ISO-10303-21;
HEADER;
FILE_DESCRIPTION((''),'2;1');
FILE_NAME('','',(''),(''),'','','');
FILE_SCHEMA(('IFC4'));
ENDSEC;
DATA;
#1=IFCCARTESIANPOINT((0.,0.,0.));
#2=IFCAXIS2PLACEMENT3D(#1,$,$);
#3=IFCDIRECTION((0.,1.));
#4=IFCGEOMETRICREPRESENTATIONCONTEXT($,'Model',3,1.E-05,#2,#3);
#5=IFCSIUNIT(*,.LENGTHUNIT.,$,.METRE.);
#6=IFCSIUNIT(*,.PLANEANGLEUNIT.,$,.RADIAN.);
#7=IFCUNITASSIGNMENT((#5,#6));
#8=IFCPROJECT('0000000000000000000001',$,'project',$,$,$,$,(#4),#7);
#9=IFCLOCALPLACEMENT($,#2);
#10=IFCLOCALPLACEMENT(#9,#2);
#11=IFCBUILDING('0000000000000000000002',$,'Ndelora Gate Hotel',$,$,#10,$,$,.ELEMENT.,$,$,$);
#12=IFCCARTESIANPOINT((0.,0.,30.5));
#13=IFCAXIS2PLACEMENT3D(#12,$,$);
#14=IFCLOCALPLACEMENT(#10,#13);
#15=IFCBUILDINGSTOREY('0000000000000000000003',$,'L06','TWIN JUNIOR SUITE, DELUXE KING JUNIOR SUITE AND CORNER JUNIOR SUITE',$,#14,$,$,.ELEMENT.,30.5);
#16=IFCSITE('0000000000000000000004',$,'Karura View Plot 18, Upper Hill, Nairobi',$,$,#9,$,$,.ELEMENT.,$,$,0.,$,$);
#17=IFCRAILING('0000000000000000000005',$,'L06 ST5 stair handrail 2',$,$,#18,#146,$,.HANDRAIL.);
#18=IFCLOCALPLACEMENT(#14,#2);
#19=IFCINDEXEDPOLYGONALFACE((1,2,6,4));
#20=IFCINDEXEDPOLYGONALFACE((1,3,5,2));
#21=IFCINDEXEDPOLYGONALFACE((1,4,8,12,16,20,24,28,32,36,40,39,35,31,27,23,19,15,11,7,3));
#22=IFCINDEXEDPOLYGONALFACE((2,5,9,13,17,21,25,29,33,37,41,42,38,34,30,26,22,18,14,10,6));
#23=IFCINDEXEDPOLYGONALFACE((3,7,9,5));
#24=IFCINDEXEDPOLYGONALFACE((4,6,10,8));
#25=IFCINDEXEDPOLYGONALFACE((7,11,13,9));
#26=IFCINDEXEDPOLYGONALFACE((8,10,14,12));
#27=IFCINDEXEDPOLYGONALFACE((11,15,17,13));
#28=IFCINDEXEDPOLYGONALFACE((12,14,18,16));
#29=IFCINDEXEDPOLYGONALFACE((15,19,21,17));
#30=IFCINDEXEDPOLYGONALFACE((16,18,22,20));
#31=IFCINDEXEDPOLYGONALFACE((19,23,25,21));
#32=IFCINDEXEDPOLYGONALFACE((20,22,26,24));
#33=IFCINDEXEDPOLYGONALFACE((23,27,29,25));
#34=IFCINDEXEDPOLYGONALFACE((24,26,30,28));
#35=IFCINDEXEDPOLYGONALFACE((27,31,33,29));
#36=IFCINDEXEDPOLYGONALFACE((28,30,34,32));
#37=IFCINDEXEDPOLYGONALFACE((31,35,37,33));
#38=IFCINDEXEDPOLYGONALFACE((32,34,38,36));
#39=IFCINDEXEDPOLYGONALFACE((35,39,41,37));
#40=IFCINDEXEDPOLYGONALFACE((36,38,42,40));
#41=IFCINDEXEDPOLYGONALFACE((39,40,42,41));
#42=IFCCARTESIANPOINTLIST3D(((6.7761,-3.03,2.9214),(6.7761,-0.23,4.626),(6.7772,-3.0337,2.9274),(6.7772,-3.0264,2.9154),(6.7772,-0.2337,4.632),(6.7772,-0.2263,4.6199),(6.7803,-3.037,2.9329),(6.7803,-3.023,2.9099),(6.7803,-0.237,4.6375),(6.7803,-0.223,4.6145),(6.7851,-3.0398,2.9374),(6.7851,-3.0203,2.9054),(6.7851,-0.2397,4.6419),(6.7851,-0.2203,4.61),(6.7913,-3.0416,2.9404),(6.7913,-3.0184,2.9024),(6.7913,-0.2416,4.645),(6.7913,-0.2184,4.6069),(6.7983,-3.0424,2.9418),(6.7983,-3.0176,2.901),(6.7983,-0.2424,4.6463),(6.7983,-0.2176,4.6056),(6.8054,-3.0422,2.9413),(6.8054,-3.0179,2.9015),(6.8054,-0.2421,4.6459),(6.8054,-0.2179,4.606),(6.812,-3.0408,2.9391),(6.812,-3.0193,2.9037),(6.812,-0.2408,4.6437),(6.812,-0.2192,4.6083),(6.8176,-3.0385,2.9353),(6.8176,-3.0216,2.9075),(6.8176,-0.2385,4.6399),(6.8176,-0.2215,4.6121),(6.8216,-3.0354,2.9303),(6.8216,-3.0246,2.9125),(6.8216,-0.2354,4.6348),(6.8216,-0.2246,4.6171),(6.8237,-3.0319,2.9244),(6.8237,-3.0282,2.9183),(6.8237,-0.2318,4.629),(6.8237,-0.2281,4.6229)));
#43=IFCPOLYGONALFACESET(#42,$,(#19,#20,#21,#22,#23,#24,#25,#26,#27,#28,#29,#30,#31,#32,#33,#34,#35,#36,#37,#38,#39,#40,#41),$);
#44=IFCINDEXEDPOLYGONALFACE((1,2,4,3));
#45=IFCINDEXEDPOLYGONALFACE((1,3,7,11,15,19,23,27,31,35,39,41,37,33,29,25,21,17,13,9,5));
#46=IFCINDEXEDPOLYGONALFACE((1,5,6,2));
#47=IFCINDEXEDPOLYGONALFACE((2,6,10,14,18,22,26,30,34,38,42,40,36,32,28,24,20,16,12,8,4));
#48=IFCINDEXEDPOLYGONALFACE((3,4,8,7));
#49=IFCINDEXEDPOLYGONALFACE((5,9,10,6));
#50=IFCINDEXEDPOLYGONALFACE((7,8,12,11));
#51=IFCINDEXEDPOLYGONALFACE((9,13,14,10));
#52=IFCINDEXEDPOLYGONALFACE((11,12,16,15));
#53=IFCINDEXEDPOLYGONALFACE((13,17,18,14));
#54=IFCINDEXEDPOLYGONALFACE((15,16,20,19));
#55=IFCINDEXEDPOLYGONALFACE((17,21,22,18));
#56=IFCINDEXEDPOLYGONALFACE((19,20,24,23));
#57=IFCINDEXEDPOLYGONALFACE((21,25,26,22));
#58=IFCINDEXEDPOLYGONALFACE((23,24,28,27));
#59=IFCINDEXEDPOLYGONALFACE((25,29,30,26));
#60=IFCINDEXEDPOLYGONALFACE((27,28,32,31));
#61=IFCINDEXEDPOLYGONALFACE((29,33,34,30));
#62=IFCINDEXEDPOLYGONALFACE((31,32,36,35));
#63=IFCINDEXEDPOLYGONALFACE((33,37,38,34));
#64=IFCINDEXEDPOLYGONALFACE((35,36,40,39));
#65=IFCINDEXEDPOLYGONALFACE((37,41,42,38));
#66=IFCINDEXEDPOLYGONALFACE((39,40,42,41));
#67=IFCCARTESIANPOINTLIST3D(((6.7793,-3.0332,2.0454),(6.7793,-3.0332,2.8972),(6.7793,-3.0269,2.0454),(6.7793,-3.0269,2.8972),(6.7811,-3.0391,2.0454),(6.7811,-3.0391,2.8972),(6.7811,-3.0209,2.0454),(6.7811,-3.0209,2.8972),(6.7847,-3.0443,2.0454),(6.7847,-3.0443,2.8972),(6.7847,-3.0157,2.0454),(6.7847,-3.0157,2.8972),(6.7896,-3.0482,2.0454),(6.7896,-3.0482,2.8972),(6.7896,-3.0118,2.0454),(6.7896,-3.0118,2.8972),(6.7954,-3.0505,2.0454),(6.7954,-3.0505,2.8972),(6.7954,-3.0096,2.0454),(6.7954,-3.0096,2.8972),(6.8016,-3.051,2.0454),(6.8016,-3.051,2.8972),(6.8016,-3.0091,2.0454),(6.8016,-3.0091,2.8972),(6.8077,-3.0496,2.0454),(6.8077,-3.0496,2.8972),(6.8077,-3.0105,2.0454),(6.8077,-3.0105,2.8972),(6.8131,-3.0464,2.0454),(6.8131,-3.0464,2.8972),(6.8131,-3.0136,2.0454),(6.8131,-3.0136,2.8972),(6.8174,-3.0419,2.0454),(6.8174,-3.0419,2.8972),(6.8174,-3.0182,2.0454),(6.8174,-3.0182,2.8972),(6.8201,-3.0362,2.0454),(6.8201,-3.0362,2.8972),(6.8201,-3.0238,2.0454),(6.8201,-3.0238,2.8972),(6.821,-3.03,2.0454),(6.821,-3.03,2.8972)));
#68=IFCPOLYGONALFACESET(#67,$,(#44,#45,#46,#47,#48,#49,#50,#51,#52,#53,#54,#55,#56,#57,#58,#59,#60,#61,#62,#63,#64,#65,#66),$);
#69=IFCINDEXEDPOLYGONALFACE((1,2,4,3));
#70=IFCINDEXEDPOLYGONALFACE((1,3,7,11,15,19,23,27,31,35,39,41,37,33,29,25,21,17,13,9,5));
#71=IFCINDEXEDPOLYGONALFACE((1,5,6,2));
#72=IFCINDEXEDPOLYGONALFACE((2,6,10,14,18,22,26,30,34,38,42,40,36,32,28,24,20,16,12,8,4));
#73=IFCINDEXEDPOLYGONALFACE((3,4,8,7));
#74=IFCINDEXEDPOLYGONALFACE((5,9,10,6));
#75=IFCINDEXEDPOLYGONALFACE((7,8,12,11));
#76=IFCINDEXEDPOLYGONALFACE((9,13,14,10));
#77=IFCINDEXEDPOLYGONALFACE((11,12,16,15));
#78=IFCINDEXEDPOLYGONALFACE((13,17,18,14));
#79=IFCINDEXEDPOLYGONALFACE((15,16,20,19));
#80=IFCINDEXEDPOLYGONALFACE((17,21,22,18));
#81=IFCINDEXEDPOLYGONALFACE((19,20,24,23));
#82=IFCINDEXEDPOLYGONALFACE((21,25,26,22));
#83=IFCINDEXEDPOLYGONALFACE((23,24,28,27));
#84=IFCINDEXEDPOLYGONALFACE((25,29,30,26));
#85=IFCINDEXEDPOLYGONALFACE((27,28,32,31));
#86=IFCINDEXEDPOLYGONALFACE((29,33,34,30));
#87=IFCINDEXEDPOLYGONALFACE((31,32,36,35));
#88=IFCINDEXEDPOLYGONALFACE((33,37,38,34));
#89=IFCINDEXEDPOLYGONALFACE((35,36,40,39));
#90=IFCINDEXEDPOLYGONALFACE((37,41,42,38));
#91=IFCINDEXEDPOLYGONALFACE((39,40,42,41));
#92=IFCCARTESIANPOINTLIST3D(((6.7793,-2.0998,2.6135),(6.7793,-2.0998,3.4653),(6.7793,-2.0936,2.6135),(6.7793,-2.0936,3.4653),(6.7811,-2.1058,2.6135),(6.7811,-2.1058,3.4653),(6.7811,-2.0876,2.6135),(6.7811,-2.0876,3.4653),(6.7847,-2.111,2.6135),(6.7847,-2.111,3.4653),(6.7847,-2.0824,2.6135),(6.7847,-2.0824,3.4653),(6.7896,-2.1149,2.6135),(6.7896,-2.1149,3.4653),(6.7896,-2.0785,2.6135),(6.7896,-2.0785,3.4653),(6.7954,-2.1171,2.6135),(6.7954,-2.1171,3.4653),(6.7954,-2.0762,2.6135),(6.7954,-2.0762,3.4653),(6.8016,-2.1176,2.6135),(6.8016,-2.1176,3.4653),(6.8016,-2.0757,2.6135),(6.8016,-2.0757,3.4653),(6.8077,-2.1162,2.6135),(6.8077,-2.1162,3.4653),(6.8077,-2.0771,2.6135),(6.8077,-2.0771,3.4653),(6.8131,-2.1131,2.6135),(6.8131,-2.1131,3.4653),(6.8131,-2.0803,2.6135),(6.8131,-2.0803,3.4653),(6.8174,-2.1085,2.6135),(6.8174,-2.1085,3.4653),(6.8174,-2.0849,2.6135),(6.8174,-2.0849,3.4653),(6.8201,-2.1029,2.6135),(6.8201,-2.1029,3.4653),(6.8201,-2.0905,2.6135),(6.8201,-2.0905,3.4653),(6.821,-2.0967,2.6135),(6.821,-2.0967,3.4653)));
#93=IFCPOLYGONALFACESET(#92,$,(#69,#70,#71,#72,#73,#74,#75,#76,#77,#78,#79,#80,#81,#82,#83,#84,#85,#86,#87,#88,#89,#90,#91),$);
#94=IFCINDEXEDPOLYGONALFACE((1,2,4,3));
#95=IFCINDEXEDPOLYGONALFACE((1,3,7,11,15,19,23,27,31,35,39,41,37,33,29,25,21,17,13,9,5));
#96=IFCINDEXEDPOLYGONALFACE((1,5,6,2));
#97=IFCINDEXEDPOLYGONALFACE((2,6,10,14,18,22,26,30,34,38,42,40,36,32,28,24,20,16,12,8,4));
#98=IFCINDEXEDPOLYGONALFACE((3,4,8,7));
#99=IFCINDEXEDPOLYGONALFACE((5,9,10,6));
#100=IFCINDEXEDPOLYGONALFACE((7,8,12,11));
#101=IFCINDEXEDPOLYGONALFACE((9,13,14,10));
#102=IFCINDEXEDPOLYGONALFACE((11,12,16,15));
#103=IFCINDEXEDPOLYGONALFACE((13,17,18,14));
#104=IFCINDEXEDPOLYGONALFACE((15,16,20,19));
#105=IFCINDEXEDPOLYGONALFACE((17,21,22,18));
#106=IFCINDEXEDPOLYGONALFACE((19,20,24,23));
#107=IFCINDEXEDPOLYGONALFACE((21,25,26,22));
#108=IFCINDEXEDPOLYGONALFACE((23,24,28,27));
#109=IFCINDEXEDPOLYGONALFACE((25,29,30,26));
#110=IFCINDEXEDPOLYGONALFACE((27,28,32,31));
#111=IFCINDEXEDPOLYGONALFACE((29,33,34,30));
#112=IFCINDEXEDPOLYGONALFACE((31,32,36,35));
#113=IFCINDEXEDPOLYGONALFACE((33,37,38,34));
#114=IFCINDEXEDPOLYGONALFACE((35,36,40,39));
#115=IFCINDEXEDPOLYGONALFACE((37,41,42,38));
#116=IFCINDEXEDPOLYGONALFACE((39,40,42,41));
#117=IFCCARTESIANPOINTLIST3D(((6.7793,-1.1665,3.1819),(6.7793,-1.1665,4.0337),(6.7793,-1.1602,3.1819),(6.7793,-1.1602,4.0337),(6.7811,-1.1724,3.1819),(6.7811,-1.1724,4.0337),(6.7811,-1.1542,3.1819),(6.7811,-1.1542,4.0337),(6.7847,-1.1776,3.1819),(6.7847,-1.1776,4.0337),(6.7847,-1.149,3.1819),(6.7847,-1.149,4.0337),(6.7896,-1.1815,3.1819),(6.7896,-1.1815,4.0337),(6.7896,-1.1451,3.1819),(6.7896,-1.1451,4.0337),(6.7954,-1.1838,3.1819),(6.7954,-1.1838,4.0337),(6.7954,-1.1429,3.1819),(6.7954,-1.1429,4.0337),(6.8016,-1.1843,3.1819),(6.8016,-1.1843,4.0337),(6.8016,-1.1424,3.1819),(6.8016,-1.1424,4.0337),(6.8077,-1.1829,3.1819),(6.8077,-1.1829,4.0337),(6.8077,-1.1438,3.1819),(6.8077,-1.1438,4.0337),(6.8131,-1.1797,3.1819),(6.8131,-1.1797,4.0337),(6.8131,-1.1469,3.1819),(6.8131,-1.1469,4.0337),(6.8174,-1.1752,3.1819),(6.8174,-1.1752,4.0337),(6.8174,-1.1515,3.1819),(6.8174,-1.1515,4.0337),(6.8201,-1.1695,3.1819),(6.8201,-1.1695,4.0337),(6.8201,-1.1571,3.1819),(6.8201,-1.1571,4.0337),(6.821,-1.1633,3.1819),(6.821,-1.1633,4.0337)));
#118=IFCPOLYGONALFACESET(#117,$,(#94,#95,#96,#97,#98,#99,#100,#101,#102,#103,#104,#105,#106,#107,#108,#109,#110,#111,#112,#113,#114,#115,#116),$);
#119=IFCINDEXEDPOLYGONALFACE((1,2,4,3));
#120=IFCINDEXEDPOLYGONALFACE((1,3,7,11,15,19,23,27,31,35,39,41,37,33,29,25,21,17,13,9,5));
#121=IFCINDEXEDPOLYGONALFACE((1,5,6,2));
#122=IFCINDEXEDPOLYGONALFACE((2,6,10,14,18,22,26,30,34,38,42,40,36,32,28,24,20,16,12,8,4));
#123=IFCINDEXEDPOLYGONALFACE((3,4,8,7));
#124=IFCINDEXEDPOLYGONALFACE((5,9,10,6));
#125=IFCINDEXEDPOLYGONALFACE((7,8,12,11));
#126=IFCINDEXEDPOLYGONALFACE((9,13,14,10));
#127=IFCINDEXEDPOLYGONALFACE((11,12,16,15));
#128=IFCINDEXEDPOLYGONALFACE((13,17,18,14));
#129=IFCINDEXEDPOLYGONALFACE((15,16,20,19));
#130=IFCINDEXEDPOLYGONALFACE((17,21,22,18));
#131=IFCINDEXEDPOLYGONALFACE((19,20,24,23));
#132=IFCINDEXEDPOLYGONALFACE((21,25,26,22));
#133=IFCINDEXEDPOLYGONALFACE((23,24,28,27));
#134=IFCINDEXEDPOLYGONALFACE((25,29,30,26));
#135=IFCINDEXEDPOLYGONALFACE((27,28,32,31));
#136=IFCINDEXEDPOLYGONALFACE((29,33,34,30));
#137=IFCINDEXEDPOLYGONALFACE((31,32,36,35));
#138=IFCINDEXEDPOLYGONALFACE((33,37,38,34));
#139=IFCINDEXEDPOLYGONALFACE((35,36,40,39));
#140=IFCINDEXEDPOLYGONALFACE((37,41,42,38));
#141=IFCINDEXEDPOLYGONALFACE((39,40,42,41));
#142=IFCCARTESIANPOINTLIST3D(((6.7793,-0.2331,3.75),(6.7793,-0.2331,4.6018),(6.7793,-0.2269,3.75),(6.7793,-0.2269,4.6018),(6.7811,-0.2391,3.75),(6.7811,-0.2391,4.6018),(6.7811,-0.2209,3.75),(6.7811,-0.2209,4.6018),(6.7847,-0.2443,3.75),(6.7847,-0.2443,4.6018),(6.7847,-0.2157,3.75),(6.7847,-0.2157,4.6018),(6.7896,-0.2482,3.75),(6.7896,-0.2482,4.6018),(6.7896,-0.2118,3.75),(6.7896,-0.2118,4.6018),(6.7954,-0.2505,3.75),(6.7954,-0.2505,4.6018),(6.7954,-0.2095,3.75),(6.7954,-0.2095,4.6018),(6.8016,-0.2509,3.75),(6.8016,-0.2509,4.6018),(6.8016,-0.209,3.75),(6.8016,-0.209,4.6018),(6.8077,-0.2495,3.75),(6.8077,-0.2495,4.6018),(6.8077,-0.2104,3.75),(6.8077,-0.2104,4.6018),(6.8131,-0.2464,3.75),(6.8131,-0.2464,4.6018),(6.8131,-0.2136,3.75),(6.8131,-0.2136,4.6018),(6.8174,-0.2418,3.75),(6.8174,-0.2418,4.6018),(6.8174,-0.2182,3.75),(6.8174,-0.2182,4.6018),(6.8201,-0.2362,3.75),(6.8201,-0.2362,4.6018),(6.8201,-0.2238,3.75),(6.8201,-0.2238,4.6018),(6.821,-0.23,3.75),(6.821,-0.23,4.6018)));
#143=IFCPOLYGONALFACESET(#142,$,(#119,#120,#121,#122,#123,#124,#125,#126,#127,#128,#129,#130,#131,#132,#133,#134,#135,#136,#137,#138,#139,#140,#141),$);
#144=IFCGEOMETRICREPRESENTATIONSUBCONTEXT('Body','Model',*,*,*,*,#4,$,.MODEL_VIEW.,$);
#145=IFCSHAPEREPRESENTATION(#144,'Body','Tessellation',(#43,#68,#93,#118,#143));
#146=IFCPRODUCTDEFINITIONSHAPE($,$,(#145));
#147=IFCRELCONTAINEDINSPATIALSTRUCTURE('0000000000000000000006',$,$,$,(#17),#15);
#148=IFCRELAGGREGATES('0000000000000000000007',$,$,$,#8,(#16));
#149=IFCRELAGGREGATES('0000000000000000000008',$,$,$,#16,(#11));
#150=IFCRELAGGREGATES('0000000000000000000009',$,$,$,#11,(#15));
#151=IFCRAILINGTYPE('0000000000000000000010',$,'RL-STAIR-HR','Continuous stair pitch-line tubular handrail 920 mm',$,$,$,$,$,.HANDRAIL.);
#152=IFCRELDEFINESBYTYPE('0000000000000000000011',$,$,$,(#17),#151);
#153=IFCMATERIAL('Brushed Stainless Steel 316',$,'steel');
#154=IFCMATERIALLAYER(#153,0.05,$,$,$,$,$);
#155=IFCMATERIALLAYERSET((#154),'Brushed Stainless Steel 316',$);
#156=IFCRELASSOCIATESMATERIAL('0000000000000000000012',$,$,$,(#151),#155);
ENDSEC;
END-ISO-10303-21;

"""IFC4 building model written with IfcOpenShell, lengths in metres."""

from ifc_helpers import new_model, si_unit, direction, frame, origin, origin_2d, place, context, subcontext, project, spatial, circle, extrude, material, layer, layer_set, type_object, element, save


model = new_model("IFC4")

# Units and contexts
model_context = context("Model", 3, precision=1e-05, world=origin(), true_north=direction((0.0, 1.0)))
body_context = subcontext(model_context, "Body", "Model", "MODEL_VIEW")
ifc_project = project(units=[si_unit("LENGTHUNIT", "METRE"), si_unit("PLANEANGLEUNIT", "RADIAN")], contexts=[model_context])

# Site, building, storey
site_placement = place(None, origin())
site = spatial("IfcSite", under=ifc_project, at=site_placement, Name="Karura View Plot 18, Upper Hill, Nairobi", CompositionType="ELEMENT", RefElevation=0.0)
building_placement = place(site_placement, origin())
building = spatial("IfcBuilding", under=site, at=building_placement, Name="Ndelora Gate Hotel", CompositionType="ELEMENT")
storey_placement = place(building_placement, frame((0.0, 0.0, 30.5)))
storey = spatial("IfcBuildingStorey", under=building, at=storey_placement, Name="L06", Description="TWIN JUNIOR SUITE, DELUXE KING JUNIOR SUITE AND CORNER JUNIOR SUITE", CompositionType="ELEMENT", Elevation=30.5)

# Railing
ifc_material_1 = material(Name="Brushed Stainless Steel 316", Category="steel")
ifc_layer_1 = layer(ifc_material_1, 0.05)
ifc_layer_set_1 = layer_set([ifc_layer_1], Name="Brushed Stainless Steel 316")
railing_type_1 = type_object("IfcRailingType", Name="RL-STAIR-HR", Description="Continuous stair pitch-line tubular handrail 920 mm", PredefinedType="HANDRAIL", material=ifc_layer_set_1)
railing_1_placement = place(storey_placement, frame((6.8, -3.03, 2.0454)))
element("IfcRailing", 1, at=railing_1_placement, inside=storey, type_object=railing_type_1, Name="L06 ST5 stair handrail 2", PredefinedType="HANDRAIL", context=body_context, shape_type="SweptSolid", body=[
    extrude(circle(Radius=0.0239, at=origin_2d()), frame((0.0, 0.0, 0.876), z_axis=(0.0, 0.85417, 0.519994), x_axis=(-1.0, 0.0, 0.0)), (0.0, 0.0, 1.0), 3.2781),
    extrude(circle(Radius=0.021, at=origin_2d()), origin(), (0.0, 0.0, 1.0), 0.8518),
    extrude(circle(Radius=0.021, at=origin_2d()), frame((0.0, 0.9333, 0.5681)), (0.0, 0.0, 1.0), 0.8518),
    extrude(circle(Radius=0.021, at=origin_2d()), frame((0.0, 1.8667, 1.1365)), (0.0, 0.0, 1.0), 0.8518),
    extrude(circle(Radius=0.021, at=origin_2d()), frame((0.0, 2.8, 1.7046)), (0.0, 0.0, 1.0), 0.8518),
])

save(model, "model.ifc")
